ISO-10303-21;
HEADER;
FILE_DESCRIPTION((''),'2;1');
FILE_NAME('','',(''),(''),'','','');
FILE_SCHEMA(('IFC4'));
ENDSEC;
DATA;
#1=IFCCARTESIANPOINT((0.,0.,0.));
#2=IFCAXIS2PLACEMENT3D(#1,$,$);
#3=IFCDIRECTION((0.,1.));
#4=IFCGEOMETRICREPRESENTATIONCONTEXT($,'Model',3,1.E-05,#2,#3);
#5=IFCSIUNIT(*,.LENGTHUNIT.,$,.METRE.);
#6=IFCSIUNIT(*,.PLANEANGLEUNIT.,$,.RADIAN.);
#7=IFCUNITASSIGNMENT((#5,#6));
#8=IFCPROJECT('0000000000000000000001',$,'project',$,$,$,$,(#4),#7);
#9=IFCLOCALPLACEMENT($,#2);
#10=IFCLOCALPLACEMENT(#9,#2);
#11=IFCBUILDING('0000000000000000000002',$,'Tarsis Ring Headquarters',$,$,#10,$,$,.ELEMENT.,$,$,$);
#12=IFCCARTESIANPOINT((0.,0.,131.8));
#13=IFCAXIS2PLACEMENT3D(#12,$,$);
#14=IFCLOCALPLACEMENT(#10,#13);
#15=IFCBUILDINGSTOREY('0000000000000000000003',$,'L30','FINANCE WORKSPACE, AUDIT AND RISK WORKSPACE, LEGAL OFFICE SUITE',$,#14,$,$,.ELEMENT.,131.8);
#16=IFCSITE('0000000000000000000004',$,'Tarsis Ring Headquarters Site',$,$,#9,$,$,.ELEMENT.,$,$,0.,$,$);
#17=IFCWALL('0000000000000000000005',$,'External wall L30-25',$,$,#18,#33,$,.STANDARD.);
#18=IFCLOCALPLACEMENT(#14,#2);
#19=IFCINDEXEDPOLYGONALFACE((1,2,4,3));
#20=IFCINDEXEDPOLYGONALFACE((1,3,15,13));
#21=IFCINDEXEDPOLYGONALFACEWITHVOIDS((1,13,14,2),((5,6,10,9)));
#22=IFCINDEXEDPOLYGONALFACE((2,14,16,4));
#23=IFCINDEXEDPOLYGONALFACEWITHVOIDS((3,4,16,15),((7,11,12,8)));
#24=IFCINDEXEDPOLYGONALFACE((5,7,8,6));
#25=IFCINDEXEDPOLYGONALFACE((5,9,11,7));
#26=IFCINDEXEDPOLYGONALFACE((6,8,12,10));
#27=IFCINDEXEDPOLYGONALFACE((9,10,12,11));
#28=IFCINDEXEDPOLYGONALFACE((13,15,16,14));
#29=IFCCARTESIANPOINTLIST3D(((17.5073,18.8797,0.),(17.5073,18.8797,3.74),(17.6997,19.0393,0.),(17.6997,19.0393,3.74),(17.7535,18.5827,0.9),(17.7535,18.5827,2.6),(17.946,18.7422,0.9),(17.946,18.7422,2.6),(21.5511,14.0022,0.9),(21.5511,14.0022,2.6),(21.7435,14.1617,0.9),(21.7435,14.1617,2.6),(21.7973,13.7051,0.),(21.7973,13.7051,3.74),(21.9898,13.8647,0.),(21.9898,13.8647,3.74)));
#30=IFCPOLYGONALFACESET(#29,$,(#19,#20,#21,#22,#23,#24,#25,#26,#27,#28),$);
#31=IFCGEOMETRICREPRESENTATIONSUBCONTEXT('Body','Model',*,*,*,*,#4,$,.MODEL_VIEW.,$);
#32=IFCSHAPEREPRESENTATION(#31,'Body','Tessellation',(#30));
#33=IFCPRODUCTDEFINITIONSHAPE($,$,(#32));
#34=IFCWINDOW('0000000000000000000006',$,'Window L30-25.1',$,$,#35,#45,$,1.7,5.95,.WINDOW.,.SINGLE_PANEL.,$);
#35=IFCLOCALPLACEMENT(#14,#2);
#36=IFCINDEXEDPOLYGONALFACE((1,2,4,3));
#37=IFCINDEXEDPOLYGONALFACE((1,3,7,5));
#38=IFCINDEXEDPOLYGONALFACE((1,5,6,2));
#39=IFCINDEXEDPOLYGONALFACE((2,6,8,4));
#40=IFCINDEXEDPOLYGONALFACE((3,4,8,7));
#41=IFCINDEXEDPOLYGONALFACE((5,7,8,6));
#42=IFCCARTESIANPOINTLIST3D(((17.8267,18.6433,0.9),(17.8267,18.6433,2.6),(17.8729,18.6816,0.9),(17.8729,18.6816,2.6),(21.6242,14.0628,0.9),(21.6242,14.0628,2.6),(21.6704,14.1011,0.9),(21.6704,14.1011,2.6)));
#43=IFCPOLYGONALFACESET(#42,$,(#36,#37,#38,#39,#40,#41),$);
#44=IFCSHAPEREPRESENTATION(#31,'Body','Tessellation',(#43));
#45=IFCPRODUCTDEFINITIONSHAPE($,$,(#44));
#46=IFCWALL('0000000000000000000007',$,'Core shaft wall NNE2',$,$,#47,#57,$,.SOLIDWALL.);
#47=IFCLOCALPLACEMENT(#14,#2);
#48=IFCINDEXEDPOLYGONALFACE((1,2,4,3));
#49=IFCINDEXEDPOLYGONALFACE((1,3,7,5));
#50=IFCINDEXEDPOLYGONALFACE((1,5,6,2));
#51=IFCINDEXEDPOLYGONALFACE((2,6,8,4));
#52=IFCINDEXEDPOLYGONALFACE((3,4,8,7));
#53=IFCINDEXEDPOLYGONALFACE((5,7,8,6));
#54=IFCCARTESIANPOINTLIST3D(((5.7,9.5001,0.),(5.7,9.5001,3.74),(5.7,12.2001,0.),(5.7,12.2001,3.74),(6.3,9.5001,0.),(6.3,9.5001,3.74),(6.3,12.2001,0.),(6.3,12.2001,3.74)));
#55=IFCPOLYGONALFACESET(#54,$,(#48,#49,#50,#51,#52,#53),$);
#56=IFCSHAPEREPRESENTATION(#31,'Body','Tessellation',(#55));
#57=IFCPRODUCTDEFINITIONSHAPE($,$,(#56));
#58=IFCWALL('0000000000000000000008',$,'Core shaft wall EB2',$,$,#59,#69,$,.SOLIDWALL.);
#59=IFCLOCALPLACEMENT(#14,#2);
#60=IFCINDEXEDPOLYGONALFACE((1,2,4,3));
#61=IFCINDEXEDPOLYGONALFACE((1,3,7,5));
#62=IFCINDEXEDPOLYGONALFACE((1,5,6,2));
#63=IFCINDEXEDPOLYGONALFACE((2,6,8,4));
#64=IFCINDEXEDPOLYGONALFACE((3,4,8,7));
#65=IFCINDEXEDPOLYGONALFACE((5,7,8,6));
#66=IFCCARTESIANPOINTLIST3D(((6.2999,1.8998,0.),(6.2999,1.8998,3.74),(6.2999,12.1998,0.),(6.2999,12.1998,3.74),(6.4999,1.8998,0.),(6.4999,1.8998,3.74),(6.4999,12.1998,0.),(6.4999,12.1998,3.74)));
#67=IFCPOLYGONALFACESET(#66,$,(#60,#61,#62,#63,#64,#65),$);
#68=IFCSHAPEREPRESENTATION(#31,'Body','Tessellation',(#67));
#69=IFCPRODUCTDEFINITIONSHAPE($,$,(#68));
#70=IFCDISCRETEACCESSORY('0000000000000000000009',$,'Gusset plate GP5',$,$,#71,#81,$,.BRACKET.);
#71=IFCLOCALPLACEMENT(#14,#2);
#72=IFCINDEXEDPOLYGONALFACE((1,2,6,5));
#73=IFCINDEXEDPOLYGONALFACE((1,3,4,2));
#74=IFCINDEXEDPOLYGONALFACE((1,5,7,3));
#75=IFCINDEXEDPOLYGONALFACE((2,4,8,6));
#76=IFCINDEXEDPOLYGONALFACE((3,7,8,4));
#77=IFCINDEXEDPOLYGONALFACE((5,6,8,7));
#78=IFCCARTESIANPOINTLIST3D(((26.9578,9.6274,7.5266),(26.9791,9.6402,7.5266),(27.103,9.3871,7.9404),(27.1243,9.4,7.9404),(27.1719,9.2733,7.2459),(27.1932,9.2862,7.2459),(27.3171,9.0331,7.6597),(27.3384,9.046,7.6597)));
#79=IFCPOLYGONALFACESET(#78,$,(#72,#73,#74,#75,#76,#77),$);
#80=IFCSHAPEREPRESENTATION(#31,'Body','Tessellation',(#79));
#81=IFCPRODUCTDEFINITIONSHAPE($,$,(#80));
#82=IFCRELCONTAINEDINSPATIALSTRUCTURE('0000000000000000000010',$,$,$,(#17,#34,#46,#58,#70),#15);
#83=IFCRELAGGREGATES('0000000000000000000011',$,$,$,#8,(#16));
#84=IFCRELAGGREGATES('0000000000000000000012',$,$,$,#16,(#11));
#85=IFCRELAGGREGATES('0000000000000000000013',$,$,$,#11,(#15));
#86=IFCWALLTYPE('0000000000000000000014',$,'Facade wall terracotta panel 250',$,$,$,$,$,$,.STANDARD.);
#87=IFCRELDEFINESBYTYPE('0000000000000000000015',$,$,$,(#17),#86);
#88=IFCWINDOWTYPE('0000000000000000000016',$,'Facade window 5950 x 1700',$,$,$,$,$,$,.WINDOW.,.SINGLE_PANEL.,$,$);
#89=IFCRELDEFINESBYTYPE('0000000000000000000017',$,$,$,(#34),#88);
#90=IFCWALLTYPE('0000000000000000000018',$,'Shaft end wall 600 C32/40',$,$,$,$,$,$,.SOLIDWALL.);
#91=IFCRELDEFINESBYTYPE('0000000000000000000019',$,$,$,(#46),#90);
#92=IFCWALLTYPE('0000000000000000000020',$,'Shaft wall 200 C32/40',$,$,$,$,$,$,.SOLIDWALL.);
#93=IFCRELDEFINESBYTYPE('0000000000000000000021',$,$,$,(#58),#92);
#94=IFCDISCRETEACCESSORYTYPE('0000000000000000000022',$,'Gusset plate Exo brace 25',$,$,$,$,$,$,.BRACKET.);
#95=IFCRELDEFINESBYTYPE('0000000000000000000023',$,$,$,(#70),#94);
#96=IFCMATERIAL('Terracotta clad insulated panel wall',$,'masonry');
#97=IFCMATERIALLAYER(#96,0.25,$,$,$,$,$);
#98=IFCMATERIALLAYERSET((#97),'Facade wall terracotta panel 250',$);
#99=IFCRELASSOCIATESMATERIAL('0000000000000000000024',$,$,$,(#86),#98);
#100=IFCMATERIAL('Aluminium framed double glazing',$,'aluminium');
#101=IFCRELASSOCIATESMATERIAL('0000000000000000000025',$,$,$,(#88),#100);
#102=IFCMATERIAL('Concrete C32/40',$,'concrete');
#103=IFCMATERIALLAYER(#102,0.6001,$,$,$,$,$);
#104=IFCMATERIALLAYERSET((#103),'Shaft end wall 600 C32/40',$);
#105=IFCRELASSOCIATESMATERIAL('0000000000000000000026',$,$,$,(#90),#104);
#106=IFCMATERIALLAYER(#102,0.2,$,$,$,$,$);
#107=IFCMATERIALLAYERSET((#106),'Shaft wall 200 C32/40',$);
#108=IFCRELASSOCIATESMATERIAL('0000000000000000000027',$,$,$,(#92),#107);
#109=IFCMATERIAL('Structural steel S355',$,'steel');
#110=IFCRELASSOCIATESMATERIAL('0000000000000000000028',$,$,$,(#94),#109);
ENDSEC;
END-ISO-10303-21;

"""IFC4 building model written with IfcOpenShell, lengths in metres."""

from ifc_helpers import new_model, si_unit, direction, frame, frame_2d, origin, origin_2d, place, context, subcontext, project, spatial, rectangle, extrude, material, layer, layer_set, material_profile, profile_set, type_object, element, fill, save


model = new_model("IFC4")

# Units and contexts
model_context = context("Model", 3, precision=1e-05, world=origin(), true_north=direction((0.0, 1.0)))
body_context = subcontext(model_context, "Body", "Model", "MODEL_VIEW")
ifc_project = project(units=[si_unit("LENGTHUNIT", "METRE"), si_unit("PLANEANGLEUNIT", "RADIAN")], contexts=[model_context])

# Site, building, storey
site_placement = place(None, origin())
site = spatial("IfcSite", under=ifc_project, at=site_placement, Name="Tarsis Ring Headquarters Site", CompositionType="ELEMENT", RefElevation=0.0)
building_placement = place(site_placement, origin())
building = spatial("IfcBuilding", under=site, at=building_placement, Name="Tarsis Ring Headquarters", CompositionType="ELEMENT")
storey_placement = place(building_placement, frame((0.0, 0.0, 131.8)))
storey = spatial("IfcBuildingStorey", under=building, at=storey_placement, Name="L30", Description="FINANCE WORKSPACE, AUDIT AND RISK WORKSPACE, LEGAL OFFICE SUITE", CompositionType="ELEMENT", Elevation=131.8)

# Shared definitions
ifc_material_1 = material(Name="Structural steel S355", Category="steel")

# Wall, opening, window
ifc_material_2 = material(Name="Terracotta clad insulated panel wall", Category="masonry")
ifc_layer_1 = layer(ifc_material_2, 0.25)
ifc_layer_set_1 = layer_set([ifc_layer_1], Name="Facade wall terracotta panel 250")
wall_type_1 = type_object("IfcWallType", Name="Facade wall terracotta panel 250", PredefinedType="STANDARD", material=ifc_layer_set_1)
ifc_material_3 = material(Name="Aluminium framed double glazing", Category="aluminium")
window_type = type_object("IfcWindowType", Name="Facade window 5950 x 1700", PartitioningType="SINGLE_PANEL", PredefinedType="WINDOW", material=ifc_material_3)
wall_1_placement = place(storey_placement, frame((21.8936, 13.7849, 0.0), z_axis=(0.0, 0.0, 1.0), x_axis=(-0.638242, 0.769835, 0.0)))
wall_1 = element("IfcWall", 1, at=wall_1_placement, inside=storey, type_object=wall_type_1, Name="External wall L30-25", PredefinedType="STANDARD", context=body_context, shape_type="SweptSolid", body=[
    extrude(rectangle(XDim=6.7217, YDim=0.25, at=frame_2d((3.3608, 0.0))), origin(), (0.0, 0.0, 1.0), 3.74),
])
opening_1_placement = place(wall_1_placement, frame((0.3857, 0.0, 0.8999)))
opening_1 = element("IfcOpeningElement", 2, at=opening_1_placement, cuts=wall_1, PredefinedType="OPENING", context=body_context, shape_type="SweptSolid", body=[
    extrude(rectangle(XDim=5.95, YDim=1.7, at=frame_2d((2.9751, 0.8501))), frame((0.0, 0.135, 0.0), z_axis=(0.0, -1.0, 0.0), x_axis=(1.0, 0.0, 0.0)), (0.0, 0.0, 1.0), 0.27),
])
window_1_placement = place(opening_1_placement, origin())
window_1 = element("IfcWindow", 3, at=window_1_placement, inside=storey, type_object=window_type, Name="Window L30-25.1", OverallHeight=1.7, OverallWidth=5.95, PartitioningType="SINGLE_PANEL", PredefinedType="WINDOW", context=body_context, shape_type="SweptSolid", body=[
    extrude(rectangle(XDim=5.95, YDim=1.7, at=frame_2d((2.9751, 0.8501))), frame((0.0, 0.03, 0.0), z_axis=(0.0, -1.0, 0.0), x_axis=(1.0, 0.0, 0.0)), (0.0, 0.0, 1.0), 0.0601),
])
fill(opening_1, window_1)

# Walls
ifc_material_4 = material(Name="Concrete C32/40", Category="concrete")
ifc_layer_2 = layer(ifc_material_4, 0.6001)
ifc_layer_set_2 = layer_set([ifc_layer_2], Name="Shaft end wall 600 C32/40")
wall_type_2 = type_object("IfcWallType", Name="Shaft end wall 600 C32/40", PredefinedType="SOLIDWALL", material=ifc_layer_set_2)
wall_2_placement = place(storey_placement, frame((6.0, 9.5, 0.0), z_axis=(0.0, 0.0, 1.0), x_axis=(0.0, 1.0, 0.0)))
element("IfcWall", 4, at=wall_2_placement, inside=storey, type_object=wall_type_2, Name="Core shaft wall NNE2", PredefinedType="SOLIDWALL", context=body_context, shape_type="SweptSolid", body=[
    extrude(rectangle(XDim=2.7, YDim=0.6001, at=frame_2d((1.3501, 0.0))), origin(), (0.0, 0.0, 1.0), 3.74),
])
ifc_layer_3 = layer(ifc_material_4, 0.2)
ifc_layer_set_3 = layer_set([ifc_layer_3], Name="Shaft wall 200 C32/40")
wall_type_3 = type_object("IfcWallType", Name="Shaft wall 200 C32/40", PredefinedType="SOLIDWALL", material=ifc_layer_set_3)
wall_3_placement = place(storey_placement, frame((6.3999, 1.8999, 0.0), z_axis=(0.0, 0.0, 1.0), x_axis=(0.0, 1.0, 0.0)))
element("IfcWall", 5, at=wall_3_placement, inside=storey, type_object=wall_type_3, Name="Core shaft wall EB2", PredefinedType="SOLIDWALL", context=body_context, shape_type="SweptSolid", body=[
    extrude(rectangle(XDim=10.3, YDim=0.2, at=frame_2d((5.1499, 0.0))), origin(), (0.0, 0.0, 1.0), 3.74),
])

# Discrete accessory
ifc_material_profile_1 = material_profile(ifc_material_1, rectangle(XDim=0.0249, YDim=0.5, at=origin_2d()), Name="PL 25x500")
ifc_profile_set_1 = profile_set([ifc_material_profile_1], Name="Structural steel S355")
discrete_accessory_type = type_object("IfcDiscreteAccessoryType", Name="Gusset plate Exo brace 25", PredefinedType="BRACKET", material=ifc_profile_set_1)
discrete_accessory_placement = place(storey_placement, frame((27.2207, 9.2166, 7.8), z_axis=(-0.290493, 0.480411, -0.827538), x_axis=(-0.855723, -0.517434, 0.0)))
element("IfcDiscreteAccessory", 6, at=discrete_accessory_placement, inside=storey, type_object=discrete_accessory_type, Name="Gusset plate GP5", PredefinedType="BRACKET", context=body_context, shape_type="SweptSolid", body=[
    extrude(rectangle(XDim=0.0249, YDim=0.5, at=origin_2d()), origin(), (0.0, 0.0, 1.0), 0.5),
])

save(model, "model.ifc")
